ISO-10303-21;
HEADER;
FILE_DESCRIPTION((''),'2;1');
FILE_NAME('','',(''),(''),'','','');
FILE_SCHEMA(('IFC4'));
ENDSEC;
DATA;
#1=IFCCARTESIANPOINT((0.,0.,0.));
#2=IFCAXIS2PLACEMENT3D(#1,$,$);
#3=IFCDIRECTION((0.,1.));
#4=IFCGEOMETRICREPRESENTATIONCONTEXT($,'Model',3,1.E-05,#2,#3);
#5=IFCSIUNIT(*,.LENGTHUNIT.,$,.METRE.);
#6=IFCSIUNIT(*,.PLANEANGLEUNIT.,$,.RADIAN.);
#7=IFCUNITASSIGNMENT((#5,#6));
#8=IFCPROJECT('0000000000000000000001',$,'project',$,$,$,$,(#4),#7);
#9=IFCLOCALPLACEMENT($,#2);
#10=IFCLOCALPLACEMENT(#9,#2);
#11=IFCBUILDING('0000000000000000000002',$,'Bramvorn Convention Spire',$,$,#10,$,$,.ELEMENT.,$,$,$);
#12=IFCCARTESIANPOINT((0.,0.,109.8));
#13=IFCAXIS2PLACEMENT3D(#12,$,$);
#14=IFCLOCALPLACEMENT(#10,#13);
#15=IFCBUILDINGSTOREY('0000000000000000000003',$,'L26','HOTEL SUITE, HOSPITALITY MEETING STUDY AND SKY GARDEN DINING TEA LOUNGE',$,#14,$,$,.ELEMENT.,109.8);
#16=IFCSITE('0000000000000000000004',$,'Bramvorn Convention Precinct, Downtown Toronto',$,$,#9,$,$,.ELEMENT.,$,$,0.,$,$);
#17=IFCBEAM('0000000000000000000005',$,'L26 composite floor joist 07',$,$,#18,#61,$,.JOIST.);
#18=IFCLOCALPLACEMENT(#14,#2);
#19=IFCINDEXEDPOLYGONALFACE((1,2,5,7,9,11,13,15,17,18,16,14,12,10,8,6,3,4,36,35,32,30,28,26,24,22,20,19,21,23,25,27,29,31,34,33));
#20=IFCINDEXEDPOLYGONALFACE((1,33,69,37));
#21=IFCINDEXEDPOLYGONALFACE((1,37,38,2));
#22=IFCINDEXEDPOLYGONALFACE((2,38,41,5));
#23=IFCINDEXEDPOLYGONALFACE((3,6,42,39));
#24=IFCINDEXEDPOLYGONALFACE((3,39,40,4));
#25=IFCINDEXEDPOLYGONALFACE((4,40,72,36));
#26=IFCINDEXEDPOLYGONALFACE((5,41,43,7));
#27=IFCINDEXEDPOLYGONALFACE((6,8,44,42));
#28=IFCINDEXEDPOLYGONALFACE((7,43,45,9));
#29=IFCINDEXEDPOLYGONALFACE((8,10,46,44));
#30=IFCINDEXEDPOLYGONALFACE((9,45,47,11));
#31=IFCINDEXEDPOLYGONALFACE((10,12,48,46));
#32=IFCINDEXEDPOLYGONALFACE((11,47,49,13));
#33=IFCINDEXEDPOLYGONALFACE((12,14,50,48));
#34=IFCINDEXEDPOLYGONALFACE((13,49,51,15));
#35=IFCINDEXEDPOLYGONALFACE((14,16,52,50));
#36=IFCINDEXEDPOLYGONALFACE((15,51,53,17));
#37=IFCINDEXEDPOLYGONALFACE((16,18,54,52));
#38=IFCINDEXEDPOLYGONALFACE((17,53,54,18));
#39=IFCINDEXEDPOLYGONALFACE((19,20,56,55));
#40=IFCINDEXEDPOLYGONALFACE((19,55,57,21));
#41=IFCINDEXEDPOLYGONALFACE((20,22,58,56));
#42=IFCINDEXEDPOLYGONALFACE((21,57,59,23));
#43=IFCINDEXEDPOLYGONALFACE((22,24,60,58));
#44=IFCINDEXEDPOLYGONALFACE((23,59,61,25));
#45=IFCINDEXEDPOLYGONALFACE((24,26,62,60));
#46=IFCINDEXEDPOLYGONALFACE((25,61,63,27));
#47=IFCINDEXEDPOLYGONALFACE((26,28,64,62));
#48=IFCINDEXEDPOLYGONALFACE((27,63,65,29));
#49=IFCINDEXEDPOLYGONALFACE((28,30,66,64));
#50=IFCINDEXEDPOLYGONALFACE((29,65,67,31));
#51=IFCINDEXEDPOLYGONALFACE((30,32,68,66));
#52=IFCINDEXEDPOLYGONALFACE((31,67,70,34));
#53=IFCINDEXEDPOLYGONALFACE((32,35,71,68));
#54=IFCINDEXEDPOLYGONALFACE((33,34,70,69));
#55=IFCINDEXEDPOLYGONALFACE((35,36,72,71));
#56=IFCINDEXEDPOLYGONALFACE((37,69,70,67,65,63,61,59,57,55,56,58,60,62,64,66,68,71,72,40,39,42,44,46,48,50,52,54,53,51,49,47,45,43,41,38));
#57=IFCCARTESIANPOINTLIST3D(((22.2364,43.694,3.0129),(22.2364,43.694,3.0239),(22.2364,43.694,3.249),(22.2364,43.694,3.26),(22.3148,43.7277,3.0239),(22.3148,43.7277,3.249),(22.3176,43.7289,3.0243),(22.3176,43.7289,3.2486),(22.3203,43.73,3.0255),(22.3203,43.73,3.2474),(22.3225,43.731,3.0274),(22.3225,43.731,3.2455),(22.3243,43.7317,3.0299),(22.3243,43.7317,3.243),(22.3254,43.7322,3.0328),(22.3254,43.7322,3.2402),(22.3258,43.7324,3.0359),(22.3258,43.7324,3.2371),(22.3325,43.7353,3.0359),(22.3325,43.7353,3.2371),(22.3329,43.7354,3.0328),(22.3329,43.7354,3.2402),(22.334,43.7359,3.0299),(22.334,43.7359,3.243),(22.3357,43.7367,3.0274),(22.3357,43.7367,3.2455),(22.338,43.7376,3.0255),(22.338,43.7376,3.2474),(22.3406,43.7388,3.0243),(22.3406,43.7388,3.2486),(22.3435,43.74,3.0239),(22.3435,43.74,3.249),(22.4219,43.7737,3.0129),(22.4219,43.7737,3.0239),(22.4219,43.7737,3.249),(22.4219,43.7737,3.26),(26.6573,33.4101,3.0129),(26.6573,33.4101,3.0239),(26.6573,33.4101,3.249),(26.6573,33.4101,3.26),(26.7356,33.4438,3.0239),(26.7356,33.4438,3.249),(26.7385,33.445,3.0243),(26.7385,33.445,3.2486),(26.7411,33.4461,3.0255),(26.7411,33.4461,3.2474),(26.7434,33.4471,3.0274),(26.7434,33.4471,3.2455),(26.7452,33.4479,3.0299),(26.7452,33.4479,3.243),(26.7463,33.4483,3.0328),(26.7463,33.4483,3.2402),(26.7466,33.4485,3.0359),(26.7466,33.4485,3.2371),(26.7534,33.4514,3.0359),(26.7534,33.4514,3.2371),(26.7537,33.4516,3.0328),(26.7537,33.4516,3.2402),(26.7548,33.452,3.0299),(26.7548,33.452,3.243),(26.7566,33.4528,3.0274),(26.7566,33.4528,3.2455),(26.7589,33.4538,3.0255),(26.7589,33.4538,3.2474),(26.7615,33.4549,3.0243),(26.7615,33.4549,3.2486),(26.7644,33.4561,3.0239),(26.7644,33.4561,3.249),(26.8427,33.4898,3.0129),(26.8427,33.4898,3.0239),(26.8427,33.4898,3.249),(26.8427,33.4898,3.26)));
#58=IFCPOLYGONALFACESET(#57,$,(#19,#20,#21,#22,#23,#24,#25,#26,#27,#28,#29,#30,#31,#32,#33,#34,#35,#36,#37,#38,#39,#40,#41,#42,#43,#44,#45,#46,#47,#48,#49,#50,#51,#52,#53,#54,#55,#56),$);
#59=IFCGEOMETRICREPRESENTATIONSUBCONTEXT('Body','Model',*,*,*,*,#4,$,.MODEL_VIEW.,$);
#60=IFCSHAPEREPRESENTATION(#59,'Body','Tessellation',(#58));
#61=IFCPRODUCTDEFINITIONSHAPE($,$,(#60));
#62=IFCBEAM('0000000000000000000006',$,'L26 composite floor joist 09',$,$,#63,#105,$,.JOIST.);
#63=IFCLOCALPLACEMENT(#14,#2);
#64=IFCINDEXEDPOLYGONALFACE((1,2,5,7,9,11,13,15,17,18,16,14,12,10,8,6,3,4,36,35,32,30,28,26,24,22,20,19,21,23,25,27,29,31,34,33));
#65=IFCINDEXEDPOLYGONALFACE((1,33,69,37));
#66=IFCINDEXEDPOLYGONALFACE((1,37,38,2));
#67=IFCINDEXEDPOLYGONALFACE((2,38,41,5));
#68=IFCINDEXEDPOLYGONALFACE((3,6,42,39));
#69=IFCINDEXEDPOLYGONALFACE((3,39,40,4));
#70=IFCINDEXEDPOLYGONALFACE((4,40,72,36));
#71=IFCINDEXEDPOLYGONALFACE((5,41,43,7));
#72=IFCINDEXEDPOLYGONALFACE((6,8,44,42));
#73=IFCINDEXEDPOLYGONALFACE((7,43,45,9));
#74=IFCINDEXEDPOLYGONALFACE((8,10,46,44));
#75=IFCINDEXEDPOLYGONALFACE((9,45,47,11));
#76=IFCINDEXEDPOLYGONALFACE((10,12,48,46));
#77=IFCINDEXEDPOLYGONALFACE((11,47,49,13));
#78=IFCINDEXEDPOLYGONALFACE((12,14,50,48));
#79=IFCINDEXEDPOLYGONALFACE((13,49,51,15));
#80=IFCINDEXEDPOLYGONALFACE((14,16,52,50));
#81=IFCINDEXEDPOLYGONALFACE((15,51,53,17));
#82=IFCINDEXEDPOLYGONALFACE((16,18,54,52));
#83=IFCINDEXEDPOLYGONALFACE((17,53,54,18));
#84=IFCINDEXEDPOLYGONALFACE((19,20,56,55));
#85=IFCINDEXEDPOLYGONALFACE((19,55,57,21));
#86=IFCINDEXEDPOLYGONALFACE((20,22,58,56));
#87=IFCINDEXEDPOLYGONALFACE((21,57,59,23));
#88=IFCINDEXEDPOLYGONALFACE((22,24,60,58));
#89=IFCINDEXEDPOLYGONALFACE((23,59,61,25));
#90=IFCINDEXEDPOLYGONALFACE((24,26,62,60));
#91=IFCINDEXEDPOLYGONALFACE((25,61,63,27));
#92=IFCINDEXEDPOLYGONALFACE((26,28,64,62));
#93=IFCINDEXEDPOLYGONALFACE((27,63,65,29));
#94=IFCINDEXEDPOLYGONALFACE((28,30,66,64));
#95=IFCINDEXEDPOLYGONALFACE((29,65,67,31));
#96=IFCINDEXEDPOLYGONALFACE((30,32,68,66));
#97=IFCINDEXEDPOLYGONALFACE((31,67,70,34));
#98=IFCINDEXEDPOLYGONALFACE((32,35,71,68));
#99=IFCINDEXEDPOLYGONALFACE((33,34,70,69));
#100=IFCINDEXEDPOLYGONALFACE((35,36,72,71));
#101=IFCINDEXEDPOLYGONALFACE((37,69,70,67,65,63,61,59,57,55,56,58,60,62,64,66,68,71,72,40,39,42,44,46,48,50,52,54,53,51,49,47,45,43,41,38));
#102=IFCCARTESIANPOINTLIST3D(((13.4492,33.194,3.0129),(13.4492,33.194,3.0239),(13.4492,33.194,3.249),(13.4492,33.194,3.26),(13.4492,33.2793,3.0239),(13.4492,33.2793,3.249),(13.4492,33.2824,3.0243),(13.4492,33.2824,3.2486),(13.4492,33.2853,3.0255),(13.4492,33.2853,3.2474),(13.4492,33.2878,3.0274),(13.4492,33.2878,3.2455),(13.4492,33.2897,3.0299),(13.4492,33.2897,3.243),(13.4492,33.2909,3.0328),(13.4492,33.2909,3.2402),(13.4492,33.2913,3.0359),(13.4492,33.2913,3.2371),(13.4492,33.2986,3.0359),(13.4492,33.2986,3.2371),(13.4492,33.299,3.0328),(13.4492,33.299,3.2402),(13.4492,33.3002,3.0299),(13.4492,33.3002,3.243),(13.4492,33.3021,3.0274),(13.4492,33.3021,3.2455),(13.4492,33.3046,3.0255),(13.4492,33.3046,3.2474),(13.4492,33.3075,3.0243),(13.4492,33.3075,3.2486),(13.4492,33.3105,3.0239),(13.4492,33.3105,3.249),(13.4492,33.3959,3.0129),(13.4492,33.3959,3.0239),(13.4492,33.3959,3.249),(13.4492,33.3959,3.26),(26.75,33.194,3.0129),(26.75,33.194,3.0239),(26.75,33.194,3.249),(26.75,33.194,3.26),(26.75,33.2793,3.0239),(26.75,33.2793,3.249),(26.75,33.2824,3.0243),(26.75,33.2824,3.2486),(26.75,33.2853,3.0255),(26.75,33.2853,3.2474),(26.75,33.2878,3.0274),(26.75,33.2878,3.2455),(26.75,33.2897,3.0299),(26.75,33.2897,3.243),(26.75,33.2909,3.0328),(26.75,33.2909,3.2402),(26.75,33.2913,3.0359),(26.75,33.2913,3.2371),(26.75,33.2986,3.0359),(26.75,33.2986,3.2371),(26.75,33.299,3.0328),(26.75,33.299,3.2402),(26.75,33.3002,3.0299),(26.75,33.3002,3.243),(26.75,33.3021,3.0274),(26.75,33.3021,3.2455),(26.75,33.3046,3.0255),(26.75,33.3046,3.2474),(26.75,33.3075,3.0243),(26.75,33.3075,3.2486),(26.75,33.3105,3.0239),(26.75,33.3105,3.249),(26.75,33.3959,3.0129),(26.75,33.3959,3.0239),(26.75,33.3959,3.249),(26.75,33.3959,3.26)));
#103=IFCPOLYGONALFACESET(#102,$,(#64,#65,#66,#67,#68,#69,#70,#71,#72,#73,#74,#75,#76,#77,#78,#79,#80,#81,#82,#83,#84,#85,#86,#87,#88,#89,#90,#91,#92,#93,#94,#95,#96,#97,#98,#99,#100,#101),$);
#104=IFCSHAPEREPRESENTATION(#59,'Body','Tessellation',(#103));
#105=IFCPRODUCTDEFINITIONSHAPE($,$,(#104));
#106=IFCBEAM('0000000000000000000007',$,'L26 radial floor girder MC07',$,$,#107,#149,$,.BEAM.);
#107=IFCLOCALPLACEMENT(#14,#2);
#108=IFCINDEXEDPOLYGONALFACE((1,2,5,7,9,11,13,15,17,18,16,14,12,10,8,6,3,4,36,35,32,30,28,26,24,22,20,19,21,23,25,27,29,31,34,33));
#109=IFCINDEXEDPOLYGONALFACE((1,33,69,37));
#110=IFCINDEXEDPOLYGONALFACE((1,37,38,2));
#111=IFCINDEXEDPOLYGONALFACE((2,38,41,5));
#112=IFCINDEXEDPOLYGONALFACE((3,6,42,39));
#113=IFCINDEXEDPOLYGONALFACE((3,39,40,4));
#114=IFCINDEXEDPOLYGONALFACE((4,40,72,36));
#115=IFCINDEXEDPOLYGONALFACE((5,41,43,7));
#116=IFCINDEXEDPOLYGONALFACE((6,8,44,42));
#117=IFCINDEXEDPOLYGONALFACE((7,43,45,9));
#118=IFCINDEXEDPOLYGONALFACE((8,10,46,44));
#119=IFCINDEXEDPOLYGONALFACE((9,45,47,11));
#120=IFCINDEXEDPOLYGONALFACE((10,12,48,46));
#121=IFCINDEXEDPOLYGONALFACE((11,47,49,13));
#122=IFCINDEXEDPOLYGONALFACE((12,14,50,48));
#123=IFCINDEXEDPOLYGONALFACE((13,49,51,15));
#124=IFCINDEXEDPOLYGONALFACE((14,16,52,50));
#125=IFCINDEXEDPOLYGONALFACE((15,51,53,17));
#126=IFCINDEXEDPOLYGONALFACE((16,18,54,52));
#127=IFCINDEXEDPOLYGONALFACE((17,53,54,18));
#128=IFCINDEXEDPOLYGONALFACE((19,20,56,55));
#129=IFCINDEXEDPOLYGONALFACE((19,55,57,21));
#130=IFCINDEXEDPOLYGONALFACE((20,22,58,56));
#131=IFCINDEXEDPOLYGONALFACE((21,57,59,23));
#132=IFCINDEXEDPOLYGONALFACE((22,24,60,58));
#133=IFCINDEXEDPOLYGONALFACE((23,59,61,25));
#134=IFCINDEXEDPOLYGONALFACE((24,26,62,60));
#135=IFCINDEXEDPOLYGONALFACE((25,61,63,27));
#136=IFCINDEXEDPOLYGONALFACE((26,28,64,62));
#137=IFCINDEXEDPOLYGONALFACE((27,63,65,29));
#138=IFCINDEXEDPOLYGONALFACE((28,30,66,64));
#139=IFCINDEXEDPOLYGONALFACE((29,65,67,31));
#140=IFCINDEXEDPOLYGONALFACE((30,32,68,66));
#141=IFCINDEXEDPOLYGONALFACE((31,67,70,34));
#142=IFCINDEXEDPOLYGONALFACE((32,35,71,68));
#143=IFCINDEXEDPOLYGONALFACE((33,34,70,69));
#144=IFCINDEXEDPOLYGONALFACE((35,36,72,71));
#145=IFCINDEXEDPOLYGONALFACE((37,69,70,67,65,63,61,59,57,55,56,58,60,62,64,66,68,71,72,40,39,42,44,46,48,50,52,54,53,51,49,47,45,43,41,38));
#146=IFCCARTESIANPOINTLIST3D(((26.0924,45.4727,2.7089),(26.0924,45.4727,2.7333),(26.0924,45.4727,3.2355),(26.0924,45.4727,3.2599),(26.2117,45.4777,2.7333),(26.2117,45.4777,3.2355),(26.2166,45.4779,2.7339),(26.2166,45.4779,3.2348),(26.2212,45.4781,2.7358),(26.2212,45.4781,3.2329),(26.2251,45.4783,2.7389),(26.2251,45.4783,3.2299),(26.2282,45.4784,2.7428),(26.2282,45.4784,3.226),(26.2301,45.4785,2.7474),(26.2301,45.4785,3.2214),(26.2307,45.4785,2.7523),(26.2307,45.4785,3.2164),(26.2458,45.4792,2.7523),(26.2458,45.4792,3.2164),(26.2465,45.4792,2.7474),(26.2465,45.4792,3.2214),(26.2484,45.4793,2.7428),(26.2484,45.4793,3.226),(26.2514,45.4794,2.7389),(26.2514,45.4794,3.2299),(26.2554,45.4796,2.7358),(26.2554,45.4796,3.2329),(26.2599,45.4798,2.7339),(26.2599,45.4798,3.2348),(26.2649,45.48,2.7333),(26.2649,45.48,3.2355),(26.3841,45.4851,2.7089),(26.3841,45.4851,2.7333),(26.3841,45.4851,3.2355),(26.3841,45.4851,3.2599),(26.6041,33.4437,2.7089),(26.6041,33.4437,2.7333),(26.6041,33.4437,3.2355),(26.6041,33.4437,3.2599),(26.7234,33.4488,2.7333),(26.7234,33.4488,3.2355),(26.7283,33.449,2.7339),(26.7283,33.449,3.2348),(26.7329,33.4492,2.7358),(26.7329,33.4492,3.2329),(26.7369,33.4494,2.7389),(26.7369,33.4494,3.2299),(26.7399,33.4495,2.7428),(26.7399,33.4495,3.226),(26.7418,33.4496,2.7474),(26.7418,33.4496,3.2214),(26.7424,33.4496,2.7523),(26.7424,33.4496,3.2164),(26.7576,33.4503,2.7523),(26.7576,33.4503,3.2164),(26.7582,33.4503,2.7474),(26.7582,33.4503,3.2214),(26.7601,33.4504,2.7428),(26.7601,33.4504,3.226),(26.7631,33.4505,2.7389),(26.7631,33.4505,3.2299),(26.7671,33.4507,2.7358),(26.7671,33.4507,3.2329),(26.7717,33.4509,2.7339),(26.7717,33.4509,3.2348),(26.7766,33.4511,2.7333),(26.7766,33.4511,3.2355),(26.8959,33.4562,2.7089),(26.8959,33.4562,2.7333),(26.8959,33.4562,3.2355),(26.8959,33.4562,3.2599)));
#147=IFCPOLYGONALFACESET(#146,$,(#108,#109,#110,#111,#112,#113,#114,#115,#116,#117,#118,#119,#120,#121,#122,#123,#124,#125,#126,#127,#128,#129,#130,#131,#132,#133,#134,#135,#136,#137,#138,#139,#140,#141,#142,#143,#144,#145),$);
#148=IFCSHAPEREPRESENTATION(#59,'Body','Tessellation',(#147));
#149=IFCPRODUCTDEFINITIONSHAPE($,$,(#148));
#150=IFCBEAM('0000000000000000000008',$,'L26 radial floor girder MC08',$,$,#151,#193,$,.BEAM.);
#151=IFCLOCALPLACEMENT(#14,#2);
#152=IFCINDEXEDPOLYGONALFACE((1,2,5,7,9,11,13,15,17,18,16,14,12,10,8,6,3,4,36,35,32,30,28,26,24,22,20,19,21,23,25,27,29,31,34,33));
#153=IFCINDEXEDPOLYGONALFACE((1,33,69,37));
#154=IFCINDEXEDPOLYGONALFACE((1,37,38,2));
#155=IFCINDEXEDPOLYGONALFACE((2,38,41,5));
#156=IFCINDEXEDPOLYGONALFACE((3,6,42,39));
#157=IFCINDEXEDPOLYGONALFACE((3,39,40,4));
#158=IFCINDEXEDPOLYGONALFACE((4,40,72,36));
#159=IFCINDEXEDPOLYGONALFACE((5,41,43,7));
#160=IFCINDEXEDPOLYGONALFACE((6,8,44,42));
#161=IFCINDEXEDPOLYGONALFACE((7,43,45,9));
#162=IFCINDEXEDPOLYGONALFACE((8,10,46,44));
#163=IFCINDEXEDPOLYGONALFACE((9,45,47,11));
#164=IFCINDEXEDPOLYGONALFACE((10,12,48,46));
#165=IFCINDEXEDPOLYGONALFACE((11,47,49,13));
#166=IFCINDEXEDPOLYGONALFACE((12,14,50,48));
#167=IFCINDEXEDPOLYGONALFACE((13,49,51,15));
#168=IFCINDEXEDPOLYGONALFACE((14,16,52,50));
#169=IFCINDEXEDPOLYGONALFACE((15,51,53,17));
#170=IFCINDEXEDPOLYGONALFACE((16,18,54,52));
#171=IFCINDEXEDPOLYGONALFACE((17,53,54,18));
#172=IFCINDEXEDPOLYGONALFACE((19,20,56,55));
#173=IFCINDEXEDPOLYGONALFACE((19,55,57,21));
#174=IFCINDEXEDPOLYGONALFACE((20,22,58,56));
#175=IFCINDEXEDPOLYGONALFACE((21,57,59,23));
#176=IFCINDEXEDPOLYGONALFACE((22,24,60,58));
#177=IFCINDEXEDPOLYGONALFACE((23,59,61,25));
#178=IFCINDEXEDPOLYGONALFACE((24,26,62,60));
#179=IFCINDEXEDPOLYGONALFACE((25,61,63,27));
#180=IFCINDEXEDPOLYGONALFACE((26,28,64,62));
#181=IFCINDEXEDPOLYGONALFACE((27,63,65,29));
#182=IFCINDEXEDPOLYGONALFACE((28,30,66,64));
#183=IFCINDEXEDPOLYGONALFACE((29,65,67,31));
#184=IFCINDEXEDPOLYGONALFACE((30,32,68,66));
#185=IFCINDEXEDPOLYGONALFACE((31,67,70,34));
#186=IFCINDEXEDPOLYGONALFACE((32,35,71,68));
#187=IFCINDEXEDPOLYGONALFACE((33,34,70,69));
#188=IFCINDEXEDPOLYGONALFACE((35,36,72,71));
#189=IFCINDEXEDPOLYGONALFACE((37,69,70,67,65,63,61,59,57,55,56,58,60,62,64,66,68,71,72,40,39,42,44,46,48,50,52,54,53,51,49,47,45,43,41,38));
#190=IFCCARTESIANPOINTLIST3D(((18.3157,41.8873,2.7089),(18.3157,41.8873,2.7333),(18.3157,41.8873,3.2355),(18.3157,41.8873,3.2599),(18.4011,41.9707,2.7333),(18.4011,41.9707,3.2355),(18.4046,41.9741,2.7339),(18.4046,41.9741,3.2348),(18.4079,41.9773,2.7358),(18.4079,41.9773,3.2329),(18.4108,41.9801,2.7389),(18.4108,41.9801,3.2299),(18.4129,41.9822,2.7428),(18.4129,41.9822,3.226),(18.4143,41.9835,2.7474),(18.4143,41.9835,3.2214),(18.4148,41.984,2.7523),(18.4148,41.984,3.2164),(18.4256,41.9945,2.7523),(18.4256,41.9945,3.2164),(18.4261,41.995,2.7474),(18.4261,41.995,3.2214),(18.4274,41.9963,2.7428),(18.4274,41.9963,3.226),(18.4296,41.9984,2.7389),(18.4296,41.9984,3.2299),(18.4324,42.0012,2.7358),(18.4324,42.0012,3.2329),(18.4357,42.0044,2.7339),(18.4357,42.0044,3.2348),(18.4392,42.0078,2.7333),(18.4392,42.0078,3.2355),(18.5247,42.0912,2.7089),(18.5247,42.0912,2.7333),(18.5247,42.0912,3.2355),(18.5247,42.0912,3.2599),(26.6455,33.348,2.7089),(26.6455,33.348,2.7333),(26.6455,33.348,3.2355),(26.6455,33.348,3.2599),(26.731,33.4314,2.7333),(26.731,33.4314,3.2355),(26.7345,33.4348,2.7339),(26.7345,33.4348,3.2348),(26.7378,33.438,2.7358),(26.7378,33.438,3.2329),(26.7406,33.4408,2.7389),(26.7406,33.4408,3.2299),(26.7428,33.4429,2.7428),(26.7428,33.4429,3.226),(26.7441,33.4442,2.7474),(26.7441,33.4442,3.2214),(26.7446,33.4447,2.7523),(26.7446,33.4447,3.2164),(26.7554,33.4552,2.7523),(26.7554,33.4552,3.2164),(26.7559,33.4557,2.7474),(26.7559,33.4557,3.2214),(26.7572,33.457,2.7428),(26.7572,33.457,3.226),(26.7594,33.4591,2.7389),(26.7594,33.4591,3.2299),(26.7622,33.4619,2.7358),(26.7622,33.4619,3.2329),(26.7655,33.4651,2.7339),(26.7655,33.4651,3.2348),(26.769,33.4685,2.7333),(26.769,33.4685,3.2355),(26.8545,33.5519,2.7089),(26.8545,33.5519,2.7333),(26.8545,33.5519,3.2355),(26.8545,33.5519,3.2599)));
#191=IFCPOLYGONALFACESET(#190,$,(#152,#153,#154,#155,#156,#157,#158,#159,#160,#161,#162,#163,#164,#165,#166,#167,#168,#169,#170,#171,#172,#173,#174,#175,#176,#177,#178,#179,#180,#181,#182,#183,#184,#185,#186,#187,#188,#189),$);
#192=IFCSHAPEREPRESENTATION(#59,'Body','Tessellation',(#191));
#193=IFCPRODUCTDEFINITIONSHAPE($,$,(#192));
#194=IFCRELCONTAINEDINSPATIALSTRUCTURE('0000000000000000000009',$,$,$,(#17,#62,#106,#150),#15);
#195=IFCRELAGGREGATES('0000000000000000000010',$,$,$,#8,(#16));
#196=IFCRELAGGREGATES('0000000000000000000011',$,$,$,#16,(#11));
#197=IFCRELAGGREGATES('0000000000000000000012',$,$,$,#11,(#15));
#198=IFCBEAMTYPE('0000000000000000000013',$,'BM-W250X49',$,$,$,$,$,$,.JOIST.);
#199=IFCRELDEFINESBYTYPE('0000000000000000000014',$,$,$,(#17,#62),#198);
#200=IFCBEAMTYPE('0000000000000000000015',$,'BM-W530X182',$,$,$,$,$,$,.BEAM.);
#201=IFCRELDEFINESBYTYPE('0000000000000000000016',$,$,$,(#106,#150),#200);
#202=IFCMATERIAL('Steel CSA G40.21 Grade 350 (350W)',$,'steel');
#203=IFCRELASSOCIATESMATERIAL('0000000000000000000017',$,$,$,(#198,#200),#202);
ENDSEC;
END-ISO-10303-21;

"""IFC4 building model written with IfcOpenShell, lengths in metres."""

from ifc_helpers import new_model, si_unit, direction, frame, origin, origin_2d, place, context, subcontext, project, spatial, i_section, extrude, material, material_profile, profile_set, type_object, element, save


model = new_model("IFC4")

# Units and contexts
model_context = context("Model", 3, precision=1e-05, world=origin(), true_north=direction((0.0, 1.0)))
body_context = subcontext(model_context, "Body", "Model", "MODEL_VIEW")
ifc_project = project(units=[si_unit("LENGTHUNIT", "METRE"), si_unit("PLANEANGLEUNIT", "RADIAN")], contexts=[model_context])

# Site, building, storey
site_placement = place(None, origin())
site = spatial("IfcSite", under=ifc_project, at=site_placement, Name="Bramvorn Convention Precinct, Downtown Toronto", CompositionType="ELEMENT", RefElevation=0.0)
building_placement = place(site_placement, origin())
building = spatial("IfcBuilding", under=site, at=building_placement, Name="Bramvorn Convention Spire", CompositionType="ELEMENT")
storey_placement = place(building_placement, frame((0.0, 0.0, 109.8)))
storey = spatial("IfcBuildingStorey", under=building, at=storey_placement, Name="L26", Description="HOTEL SUITE, HOSPITALITY MEETING STUDY AND SKY GARDEN DINING TEA LOUNGE", CompositionType="ELEMENT", Elevation=109.8)

# Beams
ifc_material_1 = material(Name="Steel CSA G40.21 Grade 350 (350W)", Category="steel")
ifc_material_profile_1 = material_profile(ifc_material_1, i_section(OverallWidth=0.2019, OverallDepth=0.2471, WebThickness=0.0073, FlangeThickness=0.011, FilletRadius=0.012, at=origin_2d()))
ifc_profile_set_1 = profile_set([ifc_material_profile_1], Name="Steel CSA G40.21 Grade 350 (350W) - W250X49")
beam_type_1 = type_object("IfcBeamType", Name="BM-W250X49", PredefinedType="JOIST", material=ifc_profile_set_1)
beam_1_placement = place(storey_placement, frame((26.75, 33.45, 3.1365), z_axis=(-0.394938, 0.918708, 0.0), x_axis=(-0.918708, -0.394938, 0.0)))
element("IfcBeam", 1, at=beam_1_placement, inside=storey, type_object=beam_type_1, Name="L26 composite floor joist 07", PredefinedType="JOIST", context=body_context, shape_type="SweptSolid", body=[
    extrude(i_section(OverallWidth=0.2019, OverallDepth=0.2471, WebThickness=0.0073, FlangeThickness=0.011, FilletRadius=0.012, at=origin_2d()), origin(), (0.0, 0.0, 1.0), 11.1938),
])
beam_2_placement = place(storey_placement, frame((26.75, 33.2949, 3.1365), z_axis=(-1.0, 0.0, 0.0), x_axis=(0.0, -1.0, 0.0)))
element("IfcBeam", 2, at=beam_2_placement, inside=storey, type_object=beam_type_1, Name="L26 composite floor joist 09", PredefinedType="JOIST", context=body_context, shape_type="SweptSolid", body=[
    extrude(i_section(OverallWidth=0.2019, OverallDepth=0.2471, WebThickness=0.0073, FlangeThickness=0.011, FilletRadius=0.012, at=origin_2d()), origin(), (0.0, 0.0, 1.0), 13.3008),
])
ifc_material_profile_2 = material_profile(ifc_material_1, i_section(OverallWidth=0.292, OverallDepth=0.551, WebThickness=0.0151, FlangeThickness=0.0244, FilletRadius=0.019, at=origin_2d()))
ifc_profile_set_2 = profile_set([ifc_material_profile_2], Name="Steel CSA G40.21 Grade 350 (350W) - W530X182")
beam_type_2 = type_object("IfcBeamType", Name="BM-W530X182", PredefinedType="BEAM", material=ifc_profile_set_2)
beam_3_placement = place(storey_placement, frame((26.75, 33.45, 2.9844), z_axis=(-0.042503, 0.999096, 0.0), x_axis=(-0.999096, -0.042503, 0.0)))
element("IfcBeam", 3, at=beam_3_placement, inside=storey, type_object=beam_type_2, Name="L26 radial floor girder MC07", PredefinedType="BEAM", context=body_context, shape_type="SweptSolid", body=[
    extrude(i_section(OverallWidth=0.292, OverallDepth=0.551, WebThickness=0.0151, FlangeThickness=0.0244, FilletRadius=0.019, at=origin_2d()), origin(), (0.0, 0.0, 1.0), 12.0398),
])
beam_4_placement = place(storey_placement, frame((26.75, 33.45, 2.9844), z_axis=(-0.698272, 0.715832, 0.0), x_axis=(-0.715832, -0.698272, 0.0)))
element("IfcBeam", 4, at=beam_4_placement, inside=storey, type_object=beam_type_2, Name="L26 radial floor girder MC08", PredefinedType="BEAM", context=body_context, shape_type="SweptSolid", body=[
    extrude(i_section(OverallWidth=0.292, OverallDepth=0.551, WebThickness=0.0151, FlangeThickness=0.0244, FilletRadius=0.019, at=origin_2d()), origin(), (0.0, 0.0, 1.0), 11.9292),
])

save(model, "model.ifc")
